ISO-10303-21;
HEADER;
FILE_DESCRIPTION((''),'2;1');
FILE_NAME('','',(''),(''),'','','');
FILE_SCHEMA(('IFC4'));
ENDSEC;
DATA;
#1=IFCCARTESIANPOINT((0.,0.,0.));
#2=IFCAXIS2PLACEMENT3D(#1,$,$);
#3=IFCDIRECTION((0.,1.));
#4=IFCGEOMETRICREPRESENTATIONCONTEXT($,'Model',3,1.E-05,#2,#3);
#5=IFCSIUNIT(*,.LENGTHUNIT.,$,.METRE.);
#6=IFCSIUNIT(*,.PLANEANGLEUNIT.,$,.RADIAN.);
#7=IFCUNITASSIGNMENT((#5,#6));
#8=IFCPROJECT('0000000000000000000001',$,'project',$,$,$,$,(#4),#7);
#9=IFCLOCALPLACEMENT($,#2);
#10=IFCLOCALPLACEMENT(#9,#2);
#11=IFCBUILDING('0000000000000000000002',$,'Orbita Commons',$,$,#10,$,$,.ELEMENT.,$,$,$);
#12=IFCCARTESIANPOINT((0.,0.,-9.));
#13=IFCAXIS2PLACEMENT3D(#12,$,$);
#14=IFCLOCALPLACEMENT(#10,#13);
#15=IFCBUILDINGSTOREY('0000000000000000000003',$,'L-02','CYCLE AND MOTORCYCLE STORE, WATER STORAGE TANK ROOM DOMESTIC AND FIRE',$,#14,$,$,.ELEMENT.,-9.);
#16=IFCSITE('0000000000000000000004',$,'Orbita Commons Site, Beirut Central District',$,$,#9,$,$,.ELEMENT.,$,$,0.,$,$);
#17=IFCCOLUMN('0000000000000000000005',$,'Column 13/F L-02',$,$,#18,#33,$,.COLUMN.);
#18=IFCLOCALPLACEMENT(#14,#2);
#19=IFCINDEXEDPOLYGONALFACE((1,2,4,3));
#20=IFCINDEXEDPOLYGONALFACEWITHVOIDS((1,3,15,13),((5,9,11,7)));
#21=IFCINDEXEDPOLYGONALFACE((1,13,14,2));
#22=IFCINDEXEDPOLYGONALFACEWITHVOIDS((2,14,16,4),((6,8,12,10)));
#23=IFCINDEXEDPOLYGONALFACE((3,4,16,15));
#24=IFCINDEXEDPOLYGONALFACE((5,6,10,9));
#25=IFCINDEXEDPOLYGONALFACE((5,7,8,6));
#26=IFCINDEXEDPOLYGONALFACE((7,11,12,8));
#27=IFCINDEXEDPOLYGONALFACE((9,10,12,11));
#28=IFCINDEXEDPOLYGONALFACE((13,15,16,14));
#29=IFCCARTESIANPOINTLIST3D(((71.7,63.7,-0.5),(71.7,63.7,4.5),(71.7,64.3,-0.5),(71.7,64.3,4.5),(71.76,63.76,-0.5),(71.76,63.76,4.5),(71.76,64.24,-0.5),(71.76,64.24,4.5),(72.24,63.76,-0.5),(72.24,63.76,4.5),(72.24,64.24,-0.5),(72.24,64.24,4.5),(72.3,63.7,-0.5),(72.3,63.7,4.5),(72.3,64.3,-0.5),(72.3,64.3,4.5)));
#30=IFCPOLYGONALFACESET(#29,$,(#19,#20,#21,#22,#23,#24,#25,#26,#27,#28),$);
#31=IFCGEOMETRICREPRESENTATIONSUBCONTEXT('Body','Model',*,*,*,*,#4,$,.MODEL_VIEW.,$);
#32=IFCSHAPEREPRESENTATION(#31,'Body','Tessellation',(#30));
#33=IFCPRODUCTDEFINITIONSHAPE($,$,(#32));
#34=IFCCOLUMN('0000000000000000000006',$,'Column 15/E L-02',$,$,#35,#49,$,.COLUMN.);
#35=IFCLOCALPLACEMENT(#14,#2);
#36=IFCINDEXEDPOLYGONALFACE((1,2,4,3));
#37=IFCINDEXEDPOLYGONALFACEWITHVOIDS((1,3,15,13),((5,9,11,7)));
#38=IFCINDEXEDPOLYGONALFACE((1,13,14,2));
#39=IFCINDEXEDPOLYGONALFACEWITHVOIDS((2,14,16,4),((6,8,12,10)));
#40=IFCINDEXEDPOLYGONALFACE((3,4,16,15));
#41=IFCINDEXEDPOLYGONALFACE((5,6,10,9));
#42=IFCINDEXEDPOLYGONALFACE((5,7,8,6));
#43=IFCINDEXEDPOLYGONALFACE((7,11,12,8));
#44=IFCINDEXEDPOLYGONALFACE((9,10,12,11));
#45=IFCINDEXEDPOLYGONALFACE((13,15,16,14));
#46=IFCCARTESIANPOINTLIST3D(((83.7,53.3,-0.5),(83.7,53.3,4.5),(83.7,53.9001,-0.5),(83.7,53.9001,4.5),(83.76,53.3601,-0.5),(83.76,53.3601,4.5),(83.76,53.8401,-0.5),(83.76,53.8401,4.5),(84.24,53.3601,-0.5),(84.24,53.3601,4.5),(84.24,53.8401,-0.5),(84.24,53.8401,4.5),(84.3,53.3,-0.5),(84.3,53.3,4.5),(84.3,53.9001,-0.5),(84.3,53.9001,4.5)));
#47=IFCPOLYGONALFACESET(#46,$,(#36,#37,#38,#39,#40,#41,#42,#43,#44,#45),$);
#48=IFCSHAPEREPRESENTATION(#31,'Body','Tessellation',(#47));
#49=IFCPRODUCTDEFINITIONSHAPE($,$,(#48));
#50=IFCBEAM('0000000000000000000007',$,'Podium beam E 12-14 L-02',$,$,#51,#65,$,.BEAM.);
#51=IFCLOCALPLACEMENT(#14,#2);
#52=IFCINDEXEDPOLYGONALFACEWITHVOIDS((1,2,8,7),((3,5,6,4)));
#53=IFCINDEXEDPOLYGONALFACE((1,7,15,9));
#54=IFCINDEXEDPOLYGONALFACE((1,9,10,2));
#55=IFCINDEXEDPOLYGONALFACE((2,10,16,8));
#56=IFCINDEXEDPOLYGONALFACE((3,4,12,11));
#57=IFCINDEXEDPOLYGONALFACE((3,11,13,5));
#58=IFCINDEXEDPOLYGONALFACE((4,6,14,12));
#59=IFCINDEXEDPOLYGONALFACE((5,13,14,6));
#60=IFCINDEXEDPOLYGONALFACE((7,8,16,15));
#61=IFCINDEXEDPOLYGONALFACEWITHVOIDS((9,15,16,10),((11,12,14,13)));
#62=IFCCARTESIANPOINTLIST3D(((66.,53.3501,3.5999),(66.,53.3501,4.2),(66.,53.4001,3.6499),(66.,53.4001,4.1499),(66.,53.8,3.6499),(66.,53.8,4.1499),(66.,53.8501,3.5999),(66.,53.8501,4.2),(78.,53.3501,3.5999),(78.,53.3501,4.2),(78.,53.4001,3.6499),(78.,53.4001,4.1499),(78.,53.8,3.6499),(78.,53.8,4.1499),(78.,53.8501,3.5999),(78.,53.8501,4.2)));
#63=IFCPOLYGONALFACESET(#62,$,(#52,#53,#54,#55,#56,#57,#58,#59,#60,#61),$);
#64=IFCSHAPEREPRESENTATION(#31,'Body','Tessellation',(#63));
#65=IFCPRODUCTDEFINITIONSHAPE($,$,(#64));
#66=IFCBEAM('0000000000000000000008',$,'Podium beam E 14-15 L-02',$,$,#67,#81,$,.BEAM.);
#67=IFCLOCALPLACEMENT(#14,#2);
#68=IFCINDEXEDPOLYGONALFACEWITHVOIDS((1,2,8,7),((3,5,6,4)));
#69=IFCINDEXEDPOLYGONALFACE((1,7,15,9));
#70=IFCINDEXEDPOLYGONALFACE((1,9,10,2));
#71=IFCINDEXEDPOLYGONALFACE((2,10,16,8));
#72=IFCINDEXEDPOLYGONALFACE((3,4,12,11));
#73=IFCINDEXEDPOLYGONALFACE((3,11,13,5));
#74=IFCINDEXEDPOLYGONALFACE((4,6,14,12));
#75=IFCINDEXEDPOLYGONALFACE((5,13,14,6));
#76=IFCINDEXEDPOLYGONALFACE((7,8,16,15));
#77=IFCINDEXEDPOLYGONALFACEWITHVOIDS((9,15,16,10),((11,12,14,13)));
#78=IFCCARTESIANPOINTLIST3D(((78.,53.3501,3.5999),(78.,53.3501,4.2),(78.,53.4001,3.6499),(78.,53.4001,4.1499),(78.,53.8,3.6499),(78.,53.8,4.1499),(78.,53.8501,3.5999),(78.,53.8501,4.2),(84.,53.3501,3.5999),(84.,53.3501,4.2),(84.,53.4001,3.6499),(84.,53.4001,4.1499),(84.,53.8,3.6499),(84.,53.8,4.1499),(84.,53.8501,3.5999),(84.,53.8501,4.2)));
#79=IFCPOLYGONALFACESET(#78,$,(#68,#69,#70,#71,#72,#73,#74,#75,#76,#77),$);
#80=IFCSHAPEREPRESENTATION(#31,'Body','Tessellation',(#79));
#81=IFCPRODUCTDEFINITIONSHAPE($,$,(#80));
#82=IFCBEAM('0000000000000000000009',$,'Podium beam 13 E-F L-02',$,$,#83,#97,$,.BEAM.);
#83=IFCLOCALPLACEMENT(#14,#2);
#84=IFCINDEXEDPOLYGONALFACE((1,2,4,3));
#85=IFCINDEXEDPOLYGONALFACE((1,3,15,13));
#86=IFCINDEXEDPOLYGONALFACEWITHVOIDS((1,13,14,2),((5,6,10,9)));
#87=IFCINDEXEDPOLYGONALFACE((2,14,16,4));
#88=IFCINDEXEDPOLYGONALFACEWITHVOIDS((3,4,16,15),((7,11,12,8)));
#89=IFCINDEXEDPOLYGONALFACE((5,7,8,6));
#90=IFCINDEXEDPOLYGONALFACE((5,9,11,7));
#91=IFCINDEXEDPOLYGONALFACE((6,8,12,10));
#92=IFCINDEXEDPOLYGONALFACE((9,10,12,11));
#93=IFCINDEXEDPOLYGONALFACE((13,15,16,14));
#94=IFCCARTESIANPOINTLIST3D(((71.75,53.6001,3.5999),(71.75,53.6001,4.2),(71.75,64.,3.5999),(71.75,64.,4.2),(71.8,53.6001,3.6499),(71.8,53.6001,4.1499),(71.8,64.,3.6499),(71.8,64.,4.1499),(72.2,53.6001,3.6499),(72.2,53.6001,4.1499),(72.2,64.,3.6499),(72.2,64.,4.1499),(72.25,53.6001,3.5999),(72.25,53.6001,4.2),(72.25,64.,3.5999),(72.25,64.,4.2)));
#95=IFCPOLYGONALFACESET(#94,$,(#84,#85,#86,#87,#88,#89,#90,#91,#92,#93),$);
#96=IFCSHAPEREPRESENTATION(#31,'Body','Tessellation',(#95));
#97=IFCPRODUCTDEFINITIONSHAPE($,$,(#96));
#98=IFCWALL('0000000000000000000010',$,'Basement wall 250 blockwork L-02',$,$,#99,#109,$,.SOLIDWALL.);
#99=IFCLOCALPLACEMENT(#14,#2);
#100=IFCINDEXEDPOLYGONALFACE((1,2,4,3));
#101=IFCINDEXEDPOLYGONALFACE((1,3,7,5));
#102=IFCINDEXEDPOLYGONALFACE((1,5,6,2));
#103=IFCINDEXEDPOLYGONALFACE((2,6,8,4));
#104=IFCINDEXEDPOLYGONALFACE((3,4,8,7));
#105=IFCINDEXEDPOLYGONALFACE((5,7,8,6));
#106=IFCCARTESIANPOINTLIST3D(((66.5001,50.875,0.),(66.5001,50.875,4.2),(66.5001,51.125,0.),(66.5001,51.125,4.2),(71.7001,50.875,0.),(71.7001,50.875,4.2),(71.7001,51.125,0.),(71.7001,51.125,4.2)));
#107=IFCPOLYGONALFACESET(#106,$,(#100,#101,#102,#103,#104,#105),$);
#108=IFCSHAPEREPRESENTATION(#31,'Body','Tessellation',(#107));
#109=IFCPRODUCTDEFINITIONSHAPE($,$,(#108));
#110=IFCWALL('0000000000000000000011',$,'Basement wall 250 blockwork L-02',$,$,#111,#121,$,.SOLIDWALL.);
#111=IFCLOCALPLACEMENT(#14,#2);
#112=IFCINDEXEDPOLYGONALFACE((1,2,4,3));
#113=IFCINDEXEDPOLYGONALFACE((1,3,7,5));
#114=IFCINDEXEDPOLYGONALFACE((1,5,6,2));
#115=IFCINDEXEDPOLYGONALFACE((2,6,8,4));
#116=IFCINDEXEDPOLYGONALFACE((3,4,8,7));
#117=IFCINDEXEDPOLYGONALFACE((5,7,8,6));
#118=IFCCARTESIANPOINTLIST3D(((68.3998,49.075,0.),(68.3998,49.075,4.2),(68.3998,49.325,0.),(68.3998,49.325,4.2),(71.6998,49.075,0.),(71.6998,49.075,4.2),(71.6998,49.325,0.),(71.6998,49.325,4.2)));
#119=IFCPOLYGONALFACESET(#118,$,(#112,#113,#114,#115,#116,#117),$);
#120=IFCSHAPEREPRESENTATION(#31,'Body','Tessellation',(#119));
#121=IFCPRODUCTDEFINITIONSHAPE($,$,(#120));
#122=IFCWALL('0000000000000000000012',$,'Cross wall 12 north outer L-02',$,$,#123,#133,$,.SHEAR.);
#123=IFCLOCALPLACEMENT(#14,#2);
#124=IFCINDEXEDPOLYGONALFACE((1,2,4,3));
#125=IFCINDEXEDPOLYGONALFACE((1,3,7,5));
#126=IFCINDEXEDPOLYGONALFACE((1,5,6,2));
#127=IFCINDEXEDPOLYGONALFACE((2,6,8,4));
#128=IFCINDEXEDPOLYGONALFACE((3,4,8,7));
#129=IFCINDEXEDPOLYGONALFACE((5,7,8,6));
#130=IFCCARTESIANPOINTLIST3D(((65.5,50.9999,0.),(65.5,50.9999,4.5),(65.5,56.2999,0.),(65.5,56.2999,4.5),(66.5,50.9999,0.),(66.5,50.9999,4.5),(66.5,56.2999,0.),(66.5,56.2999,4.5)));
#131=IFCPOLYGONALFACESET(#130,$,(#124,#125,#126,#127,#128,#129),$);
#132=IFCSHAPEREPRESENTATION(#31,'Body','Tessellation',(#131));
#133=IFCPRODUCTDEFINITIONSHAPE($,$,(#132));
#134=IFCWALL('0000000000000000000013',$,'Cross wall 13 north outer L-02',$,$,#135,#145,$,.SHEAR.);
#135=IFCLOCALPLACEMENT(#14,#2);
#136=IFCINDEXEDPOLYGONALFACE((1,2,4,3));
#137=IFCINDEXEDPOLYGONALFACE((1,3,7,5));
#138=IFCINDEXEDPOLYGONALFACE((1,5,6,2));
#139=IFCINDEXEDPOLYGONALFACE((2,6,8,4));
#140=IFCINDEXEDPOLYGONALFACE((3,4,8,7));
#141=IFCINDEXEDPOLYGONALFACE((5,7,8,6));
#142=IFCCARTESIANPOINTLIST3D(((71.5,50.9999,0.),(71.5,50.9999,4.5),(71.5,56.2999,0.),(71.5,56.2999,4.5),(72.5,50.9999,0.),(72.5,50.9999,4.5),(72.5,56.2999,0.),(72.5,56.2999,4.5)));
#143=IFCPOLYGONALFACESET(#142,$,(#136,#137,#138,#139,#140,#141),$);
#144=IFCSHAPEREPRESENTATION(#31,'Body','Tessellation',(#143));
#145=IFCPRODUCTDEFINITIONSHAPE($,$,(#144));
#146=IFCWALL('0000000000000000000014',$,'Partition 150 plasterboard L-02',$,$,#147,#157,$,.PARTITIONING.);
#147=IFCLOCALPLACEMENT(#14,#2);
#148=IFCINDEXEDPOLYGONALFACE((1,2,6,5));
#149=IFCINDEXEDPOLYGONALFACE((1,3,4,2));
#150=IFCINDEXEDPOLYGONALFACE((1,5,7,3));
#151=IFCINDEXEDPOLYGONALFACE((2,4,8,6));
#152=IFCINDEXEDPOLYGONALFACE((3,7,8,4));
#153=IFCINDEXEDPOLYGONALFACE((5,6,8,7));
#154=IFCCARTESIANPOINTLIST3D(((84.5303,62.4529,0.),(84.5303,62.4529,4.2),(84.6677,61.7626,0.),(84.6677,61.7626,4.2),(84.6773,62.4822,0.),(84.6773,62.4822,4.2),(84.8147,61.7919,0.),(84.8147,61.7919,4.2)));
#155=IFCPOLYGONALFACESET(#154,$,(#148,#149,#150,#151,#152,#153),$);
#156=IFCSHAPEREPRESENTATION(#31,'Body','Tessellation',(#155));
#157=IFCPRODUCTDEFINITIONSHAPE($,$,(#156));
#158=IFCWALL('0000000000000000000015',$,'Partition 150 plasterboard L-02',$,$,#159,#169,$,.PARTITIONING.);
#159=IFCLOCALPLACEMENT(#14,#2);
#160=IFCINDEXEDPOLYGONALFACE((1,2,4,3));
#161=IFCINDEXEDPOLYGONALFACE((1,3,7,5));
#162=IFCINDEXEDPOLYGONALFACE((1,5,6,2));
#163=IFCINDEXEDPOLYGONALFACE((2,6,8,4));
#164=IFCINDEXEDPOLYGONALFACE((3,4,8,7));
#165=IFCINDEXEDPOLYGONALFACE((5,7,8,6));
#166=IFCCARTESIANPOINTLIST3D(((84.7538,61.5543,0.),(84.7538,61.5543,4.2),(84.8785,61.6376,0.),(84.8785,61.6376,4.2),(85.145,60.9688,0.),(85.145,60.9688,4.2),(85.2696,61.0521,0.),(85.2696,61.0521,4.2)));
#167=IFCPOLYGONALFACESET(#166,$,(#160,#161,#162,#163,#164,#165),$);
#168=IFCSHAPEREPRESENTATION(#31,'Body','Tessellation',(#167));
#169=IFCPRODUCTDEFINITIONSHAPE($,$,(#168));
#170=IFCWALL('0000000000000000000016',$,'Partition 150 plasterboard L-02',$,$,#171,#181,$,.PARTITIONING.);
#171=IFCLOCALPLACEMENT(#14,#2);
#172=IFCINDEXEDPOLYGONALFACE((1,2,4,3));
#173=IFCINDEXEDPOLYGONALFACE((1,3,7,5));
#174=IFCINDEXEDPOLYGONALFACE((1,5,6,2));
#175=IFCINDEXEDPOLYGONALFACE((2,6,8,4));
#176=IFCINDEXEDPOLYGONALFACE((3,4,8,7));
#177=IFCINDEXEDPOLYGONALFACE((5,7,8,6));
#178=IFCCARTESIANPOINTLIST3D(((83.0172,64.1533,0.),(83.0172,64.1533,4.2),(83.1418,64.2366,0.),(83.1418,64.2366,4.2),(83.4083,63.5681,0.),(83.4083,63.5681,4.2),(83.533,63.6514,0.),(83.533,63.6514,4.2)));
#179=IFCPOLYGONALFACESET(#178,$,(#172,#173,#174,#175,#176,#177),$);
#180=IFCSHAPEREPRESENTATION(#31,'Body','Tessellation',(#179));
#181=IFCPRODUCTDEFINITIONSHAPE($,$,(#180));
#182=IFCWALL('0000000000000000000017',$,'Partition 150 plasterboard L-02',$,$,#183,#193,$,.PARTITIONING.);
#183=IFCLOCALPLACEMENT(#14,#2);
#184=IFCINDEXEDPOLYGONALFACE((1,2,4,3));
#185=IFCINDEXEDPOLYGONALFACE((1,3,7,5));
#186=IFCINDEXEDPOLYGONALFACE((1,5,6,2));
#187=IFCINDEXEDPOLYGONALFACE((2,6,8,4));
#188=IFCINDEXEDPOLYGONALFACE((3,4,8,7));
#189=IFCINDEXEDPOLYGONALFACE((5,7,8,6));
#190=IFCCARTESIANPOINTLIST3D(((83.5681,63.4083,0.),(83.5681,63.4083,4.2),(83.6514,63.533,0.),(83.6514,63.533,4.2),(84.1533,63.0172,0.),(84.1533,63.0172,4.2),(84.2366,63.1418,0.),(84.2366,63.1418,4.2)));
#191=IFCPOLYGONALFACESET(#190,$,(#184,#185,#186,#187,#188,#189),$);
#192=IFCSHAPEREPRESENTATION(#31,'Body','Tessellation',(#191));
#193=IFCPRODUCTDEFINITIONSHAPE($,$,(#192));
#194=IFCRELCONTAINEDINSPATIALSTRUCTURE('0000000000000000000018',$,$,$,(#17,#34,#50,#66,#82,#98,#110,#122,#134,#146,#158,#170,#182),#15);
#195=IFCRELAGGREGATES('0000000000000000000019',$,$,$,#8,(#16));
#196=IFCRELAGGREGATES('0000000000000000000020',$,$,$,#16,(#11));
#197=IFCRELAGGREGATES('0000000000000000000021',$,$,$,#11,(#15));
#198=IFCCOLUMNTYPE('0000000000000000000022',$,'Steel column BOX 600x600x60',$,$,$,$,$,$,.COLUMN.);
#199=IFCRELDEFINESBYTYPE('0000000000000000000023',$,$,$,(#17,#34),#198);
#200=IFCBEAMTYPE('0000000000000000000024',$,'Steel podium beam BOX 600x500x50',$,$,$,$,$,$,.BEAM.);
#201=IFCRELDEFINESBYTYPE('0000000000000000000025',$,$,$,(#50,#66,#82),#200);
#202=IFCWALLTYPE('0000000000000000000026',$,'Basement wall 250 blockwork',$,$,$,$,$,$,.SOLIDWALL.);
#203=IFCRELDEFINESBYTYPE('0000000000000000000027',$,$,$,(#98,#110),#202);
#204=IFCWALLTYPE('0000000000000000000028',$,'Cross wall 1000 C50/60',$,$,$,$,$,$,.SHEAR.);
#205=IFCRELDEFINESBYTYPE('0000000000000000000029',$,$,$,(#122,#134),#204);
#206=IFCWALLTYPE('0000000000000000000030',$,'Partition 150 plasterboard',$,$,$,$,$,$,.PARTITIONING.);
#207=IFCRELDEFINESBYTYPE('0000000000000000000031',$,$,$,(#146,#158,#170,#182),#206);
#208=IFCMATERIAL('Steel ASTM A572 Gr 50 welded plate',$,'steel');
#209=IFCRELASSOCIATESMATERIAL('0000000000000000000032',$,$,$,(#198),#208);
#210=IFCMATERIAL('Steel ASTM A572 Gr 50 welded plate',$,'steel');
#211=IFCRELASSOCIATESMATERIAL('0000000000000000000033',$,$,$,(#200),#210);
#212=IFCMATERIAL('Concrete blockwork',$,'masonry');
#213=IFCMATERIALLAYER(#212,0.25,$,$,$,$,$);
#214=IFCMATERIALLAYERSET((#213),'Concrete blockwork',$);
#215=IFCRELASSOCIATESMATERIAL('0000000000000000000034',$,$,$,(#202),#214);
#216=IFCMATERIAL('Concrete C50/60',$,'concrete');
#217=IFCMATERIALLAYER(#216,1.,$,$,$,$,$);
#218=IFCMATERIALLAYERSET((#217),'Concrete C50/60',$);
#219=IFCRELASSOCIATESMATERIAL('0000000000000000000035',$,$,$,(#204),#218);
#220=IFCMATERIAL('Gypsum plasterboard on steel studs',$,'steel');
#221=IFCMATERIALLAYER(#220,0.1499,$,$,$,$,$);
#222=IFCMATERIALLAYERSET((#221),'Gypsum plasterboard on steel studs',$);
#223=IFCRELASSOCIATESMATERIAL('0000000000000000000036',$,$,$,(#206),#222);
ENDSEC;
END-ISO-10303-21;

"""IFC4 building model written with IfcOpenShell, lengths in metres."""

from ifc_helpers import new_model, si_unit, direction, frame, frame_2d, origin, origin_2d, place, context, subcontext, project, spatial, rectangle, hollow_rectangle, extrude, material, layer, layer_set, material_profile, profile_set, type_object, element, save


model = new_model("IFC4")

# Units and contexts
model_context = context("Model", 3, precision=1e-05, world=origin(), true_north=direction((0.0, 1.0)))
body_context = subcontext(model_context, "Body", "Model", "MODEL_VIEW")
ifc_project = project(units=[si_unit("LENGTHUNIT", "METRE"), si_unit("PLANEANGLEUNIT", "RADIAN")], contexts=[model_context])

# Site, building, storey
site_placement = place(None, origin())
site = spatial("IfcSite", under=ifc_project, at=site_placement, Name="Orbita Commons Site, Beirut Central District", CompositionType="ELEMENT", RefElevation=0.0)
building_placement = place(site_placement, origin())
building = spatial("IfcBuilding", under=site, at=building_placement, Name="Orbita Commons", CompositionType="ELEMENT")
storey_placement = place(building_placement, frame((0.0, 0.0, -9.0)))
storey = spatial("IfcBuildingStorey", under=building, at=storey_placement, Name="L-02", Description="CYCLE AND MOTORCYCLE STORE, WATER STORAGE TANK ROOM DOMESTIC AND FIRE", CompositionType="ELEMENT", Elevation=-9.0)

# Columns
ifc_material_1 = material(Name="Steel ASTM A572 Gr 50 welded plate", Category="steel")
ifc_material_profile_1 = material_profile(ifc_material_1, hollow_rectangle(XDim=0.6001, YDim=0.6001, WallThickness=0.0601, at=origin_2d()), Name="BOX 600x600x60")
ifc_profile_set_1 = profile_set([ifc_material_profile_1], Name="Steel ASTM A572 Gr 50 welded plate")
column_type_1 = type_object("IfcColumnType", Name="Steel column BOX 600x600x60", PredefinedType="COLUMN", material=ifc_profile_set_1)
for number, where, z_axis, x_axis, name in (
    (1, (72.0, 64.0, -0.5), (0.0, 0.0, 1.0), (1.0, 0.0, 0.0), "Column 13/F L-02"),
    (2, (84.0, 53.6001, -0.5), (0.0, 0.0, 1.0), (1.0, 0.0, 0.0), "Column 15/E L-02"),
):
    element("IfcColumn", number, at=place(storey_placement, frame(where, z_axis=z_axis, x_axis=x_axis)), inside=storey, type_object=column_type_1, Name=name, PredefinedType="COLUMN", context=body_context, shape_type="SweptSolid", body=[
        extrude(hollow_rectangle(XDim=0.6001, YDim=0.6001, WallThickness=0.0601, at=origin_2d()), origin(), (0.0, 0.0, 1.0), 5.0),
    ])

# Beams
ifc_material_2 = material(Name="Steel ASTM A572 Gr 50 welded plate", Category="steel")
ifc_material_profile_2 = material_profile(ifc_material_2, hollow_rectangle(XDim=0.5, YDim=0.6001, WallThickness=0.05, at=origin_2d()), Name="BOX 600x500x50")
ifc_profile_set_2 = profile_set([ifc_material_profile_2], Name="Steel ASTM A572 Gr 50 welded plate")
beam_type = type_object("IfcBeamType", Name="Steel podium beam BOX 600x500x50", PredefinedType="BEAM", material=ifc_profile_set_2)
beam_1_placement = place(storey_placement, frame((66.0, 53.6001, 3.8999), z_axis=(1.0, 0.0, 0.0), x_axis=(0.0, 1.0, 0.0)))
element("IfcBeam", 3, at=beam_1_placement, inside=storey, type_object=beam_type, Name="Podium beam E 12-14 L-02", PredefinedType="BEAM", context=body_context, shape_type="SweptSolid", body=[
    extrude(hollow_rectangle(XDim=0.5, YDim=0.6001, WallThickness=0.05, at=origin_2d()), origin(), (0.0, 0.0, 1.0), 12.0),
])
beam_2_placement = place(storey_placement, frame((78.0, 53.6001, 3.8999), z_axis=(1.0, 0.0, 0.0), x_axis=(0.0, 1.0, 0.0)))
element("IfcBeam", 4, at=beam_2_placement, inside=storey, type_object=beam_type, Name="Podium beam E 14-15 L-02", PredefinedType="BEAM", context=body_context, shape_type="SweptSolid", body=[
    extrude(hollow_rectangle(XDim=0.5, YDim=0.6001, WallThickness=0.05, at=origin_2d()), origin(), (0.0, 0.0, 1.0), 6.0),
])
beam_3_placement = place(storey_placement, frame((72.0, 53.6001, 3.8999), z_axis=(0.0, 1.0, 0.0), x_axis=(-1.0, 0.0, 0.0)))
element("IfcBeam", 5, at=beam_3_placement, inside=storey, type_object=beam_type, Name="Podium beam 13 E-F L-02", PredefinedType="BEAM", context=body_context, shape_type="SweptSolid", body=[
    extrude(hollow_rectangle(XDim=0.5, YDim=0.6001, WallThickness=0.05, at=origin_2d()), origin(), (0.0, 0.0, 1.0), 10.3999),
])

# Walls
ifc_material_3 = material(Name="Concrete blockwork", Category="masonry")
ifc_layer_1 = layer(ifc_material_3, 0.25)
ifc_layer_set_1 = layer_set([ifc_layer_1], Name="Concrete blockwork")
wall_type_1 = type_object("IfcWallType", Name="Basement wall 250 blockwork", PredefinedType="SOLIDWALL", material=ifc_layer_set_1)
wall_1_placement = place(storey_placement, frame((66.5, 51.0, 0.0), z_axis=(0.0, 0.0, 1.0), x_axis=(1.0, 0.0, 0.0)))
element("IfcWall", 6, at=wall_1_placement, inside=storey, type_object=wall_type_1, Name="Basement wall 250 blockwork L-02", PredefinedType="SOLIDWALL", context=body_context, shape_type="SweptSolid", body=[
    extrude(rectangle(XDim=5.2, YDim=0.25, at=frame_2d((2.6001, 0.0))), origin(), (0.0, 0.0, 1.0), 4.2),
])
wall_2_placement = place(storey_placement, frame((68.3999, 49.2, 0.0), z_axis=(0.0, 0.0, 1.0), x_axis=(1.0, 0.0, 0.0)))
element("IfcWall", 7, at=wall_2_placement, inside=storey, type_object=wall_type_1, Name="Basement wall 250 blockwork L-02", PredefinedType="SOLIDWALL", context=body_context, shape_type="SweptSolid", body=[
    extrude(rectangle(XDim=3.3, YDim=0.25, at=frame_2d((1.6499, 0.0))), origin(), (0.0, 0.0, 1.0), 4.2),
])
ifc_material_4 = material(Name="Concrete C50/60", Category="concrete")
ifc_layer_2 = layer(ifc_material_4, 1.0)
ifc_layer_set_2 = layer_set([ifc_layer_2], Name="Concrete C50/60")
wall_type_2 = type_object("IfcWallType", Name="Cross wall 1000 C50/60", PredefinedType="SHEAR", material=ifc_layer_set_2)
for number, where, z_axis, x_axis, name in (
    (8, (66.0, 51.0, 0.0), (0.0, 0.0, 1.0), (0.0, 1.0, 0.0), "Cross wall 12 north outer L-02"),
    (9, (72.0, 51.0, 0.0), (0.0, 0.0, 1.0), (0.0, 1.0, 0.0), "Cross wall 13 north outer L-02"),
):
    element("IfcWall", number, at=place(storey_placement, frame(where, z_axis=z_axis, x_axis=x_axis)), inside=storey, type_object=wall_type_2, Name=name, PredefinedType="SHEAR", context=body_context, shape_type="SweptSolid", body=[
        extrude(rectangle(XDim=5.3, YDim=1.0, at=frame_2d((2.6499, 0.0))), origin(), (0.0, 0.0, 1.0), 4.5),
    ])
ifc_material_5 = material(Name="Gypsum plasterboard on steel studs", Category="steel")
ifc_layer_3 = layer(ifc_material_5, 0.1499)
ifc_layer_set_3 = layer_set([ifc_layer_3], Name="Gypsum plasterboard on steel studs")
wall_type_3 = type_object("IfcWallType", Name="Partition 150 plasterboard", PredefinedType="PARTITIONING", material=ifc_layer_set_3)
wall_3_placement = place(storey_placement, frame((84.7412, 61.7771, 0.0), z_axis=(0.0, 0.0, 1.0), x_axis=(-0.195249, 0.980754, 0.0)))
element("IfcWall", 10, at=wall_3_placement, inside=storey, type_object=wall_type_3, Name="Partition 150 plasterboard L-02", PredefinedType="PARTITIONING", context=body_context, shape_type="SweptSolid", body=[
    extrude(rectangle(XDim=0.7039, YDim=0.1499, at=frame_2d((0.3521, 0.0))), origin(), (0.0, 0.0, 1.0), 4.2),
])
wall_4_placement = place(storey_placement, frame((84.8162, 61.5959, 0.0), z_axis=(0.0, 0.0, 1.0), x_axis=(0.5555, -0.831516, 0.0)))
element("IfcWall", 11, at=wall_4_placement, inside=storey, type_object=wall_type_3, Name="Partition 150 plasterboard L-02", PredefinedType="PARTITIONING", context=body_context, shape_type="SweptSolid", body=[
    extrude(rectangle(XDim=0.7041, YDim=0.1499, at=frame_2d((0.3521, 0.0))), origin(), (0.0, 0.0, 1.0), 4.2),
])
for number, where, z_axis, x_axis, name in (
    (12, (83.4707, 63.6096, 0.0), (0.0, 0.0, 1.0), (-0.55566, 0.831409, 0.0), "Partition 150 plasterboard L-02"),
    (13, (83.6096, 63.4707, 0.0), (0.0, 0.0, 1.0), (0.831409, -0.55566, 0.0), "Partition 150 plasterboard L-02"),
):
    element("IfcWall", number, at=place(storey_placement, frame(where, z_axis=z_axis, x_axis=x_axis)), inside=storey, type_object=wall_type_3, Name=name, PredefinedType="PARTITIONING", context=body_context, shape_type="SweptSolid", body=[
        extrude(rectangle(XDim=0.7039, YDim=0.1499, at=frame_2d((0.3521, 0.0))), origin(), (0.0, 0.0, 1.0), 4.2),
    ])

save(model, "model.ifc")
